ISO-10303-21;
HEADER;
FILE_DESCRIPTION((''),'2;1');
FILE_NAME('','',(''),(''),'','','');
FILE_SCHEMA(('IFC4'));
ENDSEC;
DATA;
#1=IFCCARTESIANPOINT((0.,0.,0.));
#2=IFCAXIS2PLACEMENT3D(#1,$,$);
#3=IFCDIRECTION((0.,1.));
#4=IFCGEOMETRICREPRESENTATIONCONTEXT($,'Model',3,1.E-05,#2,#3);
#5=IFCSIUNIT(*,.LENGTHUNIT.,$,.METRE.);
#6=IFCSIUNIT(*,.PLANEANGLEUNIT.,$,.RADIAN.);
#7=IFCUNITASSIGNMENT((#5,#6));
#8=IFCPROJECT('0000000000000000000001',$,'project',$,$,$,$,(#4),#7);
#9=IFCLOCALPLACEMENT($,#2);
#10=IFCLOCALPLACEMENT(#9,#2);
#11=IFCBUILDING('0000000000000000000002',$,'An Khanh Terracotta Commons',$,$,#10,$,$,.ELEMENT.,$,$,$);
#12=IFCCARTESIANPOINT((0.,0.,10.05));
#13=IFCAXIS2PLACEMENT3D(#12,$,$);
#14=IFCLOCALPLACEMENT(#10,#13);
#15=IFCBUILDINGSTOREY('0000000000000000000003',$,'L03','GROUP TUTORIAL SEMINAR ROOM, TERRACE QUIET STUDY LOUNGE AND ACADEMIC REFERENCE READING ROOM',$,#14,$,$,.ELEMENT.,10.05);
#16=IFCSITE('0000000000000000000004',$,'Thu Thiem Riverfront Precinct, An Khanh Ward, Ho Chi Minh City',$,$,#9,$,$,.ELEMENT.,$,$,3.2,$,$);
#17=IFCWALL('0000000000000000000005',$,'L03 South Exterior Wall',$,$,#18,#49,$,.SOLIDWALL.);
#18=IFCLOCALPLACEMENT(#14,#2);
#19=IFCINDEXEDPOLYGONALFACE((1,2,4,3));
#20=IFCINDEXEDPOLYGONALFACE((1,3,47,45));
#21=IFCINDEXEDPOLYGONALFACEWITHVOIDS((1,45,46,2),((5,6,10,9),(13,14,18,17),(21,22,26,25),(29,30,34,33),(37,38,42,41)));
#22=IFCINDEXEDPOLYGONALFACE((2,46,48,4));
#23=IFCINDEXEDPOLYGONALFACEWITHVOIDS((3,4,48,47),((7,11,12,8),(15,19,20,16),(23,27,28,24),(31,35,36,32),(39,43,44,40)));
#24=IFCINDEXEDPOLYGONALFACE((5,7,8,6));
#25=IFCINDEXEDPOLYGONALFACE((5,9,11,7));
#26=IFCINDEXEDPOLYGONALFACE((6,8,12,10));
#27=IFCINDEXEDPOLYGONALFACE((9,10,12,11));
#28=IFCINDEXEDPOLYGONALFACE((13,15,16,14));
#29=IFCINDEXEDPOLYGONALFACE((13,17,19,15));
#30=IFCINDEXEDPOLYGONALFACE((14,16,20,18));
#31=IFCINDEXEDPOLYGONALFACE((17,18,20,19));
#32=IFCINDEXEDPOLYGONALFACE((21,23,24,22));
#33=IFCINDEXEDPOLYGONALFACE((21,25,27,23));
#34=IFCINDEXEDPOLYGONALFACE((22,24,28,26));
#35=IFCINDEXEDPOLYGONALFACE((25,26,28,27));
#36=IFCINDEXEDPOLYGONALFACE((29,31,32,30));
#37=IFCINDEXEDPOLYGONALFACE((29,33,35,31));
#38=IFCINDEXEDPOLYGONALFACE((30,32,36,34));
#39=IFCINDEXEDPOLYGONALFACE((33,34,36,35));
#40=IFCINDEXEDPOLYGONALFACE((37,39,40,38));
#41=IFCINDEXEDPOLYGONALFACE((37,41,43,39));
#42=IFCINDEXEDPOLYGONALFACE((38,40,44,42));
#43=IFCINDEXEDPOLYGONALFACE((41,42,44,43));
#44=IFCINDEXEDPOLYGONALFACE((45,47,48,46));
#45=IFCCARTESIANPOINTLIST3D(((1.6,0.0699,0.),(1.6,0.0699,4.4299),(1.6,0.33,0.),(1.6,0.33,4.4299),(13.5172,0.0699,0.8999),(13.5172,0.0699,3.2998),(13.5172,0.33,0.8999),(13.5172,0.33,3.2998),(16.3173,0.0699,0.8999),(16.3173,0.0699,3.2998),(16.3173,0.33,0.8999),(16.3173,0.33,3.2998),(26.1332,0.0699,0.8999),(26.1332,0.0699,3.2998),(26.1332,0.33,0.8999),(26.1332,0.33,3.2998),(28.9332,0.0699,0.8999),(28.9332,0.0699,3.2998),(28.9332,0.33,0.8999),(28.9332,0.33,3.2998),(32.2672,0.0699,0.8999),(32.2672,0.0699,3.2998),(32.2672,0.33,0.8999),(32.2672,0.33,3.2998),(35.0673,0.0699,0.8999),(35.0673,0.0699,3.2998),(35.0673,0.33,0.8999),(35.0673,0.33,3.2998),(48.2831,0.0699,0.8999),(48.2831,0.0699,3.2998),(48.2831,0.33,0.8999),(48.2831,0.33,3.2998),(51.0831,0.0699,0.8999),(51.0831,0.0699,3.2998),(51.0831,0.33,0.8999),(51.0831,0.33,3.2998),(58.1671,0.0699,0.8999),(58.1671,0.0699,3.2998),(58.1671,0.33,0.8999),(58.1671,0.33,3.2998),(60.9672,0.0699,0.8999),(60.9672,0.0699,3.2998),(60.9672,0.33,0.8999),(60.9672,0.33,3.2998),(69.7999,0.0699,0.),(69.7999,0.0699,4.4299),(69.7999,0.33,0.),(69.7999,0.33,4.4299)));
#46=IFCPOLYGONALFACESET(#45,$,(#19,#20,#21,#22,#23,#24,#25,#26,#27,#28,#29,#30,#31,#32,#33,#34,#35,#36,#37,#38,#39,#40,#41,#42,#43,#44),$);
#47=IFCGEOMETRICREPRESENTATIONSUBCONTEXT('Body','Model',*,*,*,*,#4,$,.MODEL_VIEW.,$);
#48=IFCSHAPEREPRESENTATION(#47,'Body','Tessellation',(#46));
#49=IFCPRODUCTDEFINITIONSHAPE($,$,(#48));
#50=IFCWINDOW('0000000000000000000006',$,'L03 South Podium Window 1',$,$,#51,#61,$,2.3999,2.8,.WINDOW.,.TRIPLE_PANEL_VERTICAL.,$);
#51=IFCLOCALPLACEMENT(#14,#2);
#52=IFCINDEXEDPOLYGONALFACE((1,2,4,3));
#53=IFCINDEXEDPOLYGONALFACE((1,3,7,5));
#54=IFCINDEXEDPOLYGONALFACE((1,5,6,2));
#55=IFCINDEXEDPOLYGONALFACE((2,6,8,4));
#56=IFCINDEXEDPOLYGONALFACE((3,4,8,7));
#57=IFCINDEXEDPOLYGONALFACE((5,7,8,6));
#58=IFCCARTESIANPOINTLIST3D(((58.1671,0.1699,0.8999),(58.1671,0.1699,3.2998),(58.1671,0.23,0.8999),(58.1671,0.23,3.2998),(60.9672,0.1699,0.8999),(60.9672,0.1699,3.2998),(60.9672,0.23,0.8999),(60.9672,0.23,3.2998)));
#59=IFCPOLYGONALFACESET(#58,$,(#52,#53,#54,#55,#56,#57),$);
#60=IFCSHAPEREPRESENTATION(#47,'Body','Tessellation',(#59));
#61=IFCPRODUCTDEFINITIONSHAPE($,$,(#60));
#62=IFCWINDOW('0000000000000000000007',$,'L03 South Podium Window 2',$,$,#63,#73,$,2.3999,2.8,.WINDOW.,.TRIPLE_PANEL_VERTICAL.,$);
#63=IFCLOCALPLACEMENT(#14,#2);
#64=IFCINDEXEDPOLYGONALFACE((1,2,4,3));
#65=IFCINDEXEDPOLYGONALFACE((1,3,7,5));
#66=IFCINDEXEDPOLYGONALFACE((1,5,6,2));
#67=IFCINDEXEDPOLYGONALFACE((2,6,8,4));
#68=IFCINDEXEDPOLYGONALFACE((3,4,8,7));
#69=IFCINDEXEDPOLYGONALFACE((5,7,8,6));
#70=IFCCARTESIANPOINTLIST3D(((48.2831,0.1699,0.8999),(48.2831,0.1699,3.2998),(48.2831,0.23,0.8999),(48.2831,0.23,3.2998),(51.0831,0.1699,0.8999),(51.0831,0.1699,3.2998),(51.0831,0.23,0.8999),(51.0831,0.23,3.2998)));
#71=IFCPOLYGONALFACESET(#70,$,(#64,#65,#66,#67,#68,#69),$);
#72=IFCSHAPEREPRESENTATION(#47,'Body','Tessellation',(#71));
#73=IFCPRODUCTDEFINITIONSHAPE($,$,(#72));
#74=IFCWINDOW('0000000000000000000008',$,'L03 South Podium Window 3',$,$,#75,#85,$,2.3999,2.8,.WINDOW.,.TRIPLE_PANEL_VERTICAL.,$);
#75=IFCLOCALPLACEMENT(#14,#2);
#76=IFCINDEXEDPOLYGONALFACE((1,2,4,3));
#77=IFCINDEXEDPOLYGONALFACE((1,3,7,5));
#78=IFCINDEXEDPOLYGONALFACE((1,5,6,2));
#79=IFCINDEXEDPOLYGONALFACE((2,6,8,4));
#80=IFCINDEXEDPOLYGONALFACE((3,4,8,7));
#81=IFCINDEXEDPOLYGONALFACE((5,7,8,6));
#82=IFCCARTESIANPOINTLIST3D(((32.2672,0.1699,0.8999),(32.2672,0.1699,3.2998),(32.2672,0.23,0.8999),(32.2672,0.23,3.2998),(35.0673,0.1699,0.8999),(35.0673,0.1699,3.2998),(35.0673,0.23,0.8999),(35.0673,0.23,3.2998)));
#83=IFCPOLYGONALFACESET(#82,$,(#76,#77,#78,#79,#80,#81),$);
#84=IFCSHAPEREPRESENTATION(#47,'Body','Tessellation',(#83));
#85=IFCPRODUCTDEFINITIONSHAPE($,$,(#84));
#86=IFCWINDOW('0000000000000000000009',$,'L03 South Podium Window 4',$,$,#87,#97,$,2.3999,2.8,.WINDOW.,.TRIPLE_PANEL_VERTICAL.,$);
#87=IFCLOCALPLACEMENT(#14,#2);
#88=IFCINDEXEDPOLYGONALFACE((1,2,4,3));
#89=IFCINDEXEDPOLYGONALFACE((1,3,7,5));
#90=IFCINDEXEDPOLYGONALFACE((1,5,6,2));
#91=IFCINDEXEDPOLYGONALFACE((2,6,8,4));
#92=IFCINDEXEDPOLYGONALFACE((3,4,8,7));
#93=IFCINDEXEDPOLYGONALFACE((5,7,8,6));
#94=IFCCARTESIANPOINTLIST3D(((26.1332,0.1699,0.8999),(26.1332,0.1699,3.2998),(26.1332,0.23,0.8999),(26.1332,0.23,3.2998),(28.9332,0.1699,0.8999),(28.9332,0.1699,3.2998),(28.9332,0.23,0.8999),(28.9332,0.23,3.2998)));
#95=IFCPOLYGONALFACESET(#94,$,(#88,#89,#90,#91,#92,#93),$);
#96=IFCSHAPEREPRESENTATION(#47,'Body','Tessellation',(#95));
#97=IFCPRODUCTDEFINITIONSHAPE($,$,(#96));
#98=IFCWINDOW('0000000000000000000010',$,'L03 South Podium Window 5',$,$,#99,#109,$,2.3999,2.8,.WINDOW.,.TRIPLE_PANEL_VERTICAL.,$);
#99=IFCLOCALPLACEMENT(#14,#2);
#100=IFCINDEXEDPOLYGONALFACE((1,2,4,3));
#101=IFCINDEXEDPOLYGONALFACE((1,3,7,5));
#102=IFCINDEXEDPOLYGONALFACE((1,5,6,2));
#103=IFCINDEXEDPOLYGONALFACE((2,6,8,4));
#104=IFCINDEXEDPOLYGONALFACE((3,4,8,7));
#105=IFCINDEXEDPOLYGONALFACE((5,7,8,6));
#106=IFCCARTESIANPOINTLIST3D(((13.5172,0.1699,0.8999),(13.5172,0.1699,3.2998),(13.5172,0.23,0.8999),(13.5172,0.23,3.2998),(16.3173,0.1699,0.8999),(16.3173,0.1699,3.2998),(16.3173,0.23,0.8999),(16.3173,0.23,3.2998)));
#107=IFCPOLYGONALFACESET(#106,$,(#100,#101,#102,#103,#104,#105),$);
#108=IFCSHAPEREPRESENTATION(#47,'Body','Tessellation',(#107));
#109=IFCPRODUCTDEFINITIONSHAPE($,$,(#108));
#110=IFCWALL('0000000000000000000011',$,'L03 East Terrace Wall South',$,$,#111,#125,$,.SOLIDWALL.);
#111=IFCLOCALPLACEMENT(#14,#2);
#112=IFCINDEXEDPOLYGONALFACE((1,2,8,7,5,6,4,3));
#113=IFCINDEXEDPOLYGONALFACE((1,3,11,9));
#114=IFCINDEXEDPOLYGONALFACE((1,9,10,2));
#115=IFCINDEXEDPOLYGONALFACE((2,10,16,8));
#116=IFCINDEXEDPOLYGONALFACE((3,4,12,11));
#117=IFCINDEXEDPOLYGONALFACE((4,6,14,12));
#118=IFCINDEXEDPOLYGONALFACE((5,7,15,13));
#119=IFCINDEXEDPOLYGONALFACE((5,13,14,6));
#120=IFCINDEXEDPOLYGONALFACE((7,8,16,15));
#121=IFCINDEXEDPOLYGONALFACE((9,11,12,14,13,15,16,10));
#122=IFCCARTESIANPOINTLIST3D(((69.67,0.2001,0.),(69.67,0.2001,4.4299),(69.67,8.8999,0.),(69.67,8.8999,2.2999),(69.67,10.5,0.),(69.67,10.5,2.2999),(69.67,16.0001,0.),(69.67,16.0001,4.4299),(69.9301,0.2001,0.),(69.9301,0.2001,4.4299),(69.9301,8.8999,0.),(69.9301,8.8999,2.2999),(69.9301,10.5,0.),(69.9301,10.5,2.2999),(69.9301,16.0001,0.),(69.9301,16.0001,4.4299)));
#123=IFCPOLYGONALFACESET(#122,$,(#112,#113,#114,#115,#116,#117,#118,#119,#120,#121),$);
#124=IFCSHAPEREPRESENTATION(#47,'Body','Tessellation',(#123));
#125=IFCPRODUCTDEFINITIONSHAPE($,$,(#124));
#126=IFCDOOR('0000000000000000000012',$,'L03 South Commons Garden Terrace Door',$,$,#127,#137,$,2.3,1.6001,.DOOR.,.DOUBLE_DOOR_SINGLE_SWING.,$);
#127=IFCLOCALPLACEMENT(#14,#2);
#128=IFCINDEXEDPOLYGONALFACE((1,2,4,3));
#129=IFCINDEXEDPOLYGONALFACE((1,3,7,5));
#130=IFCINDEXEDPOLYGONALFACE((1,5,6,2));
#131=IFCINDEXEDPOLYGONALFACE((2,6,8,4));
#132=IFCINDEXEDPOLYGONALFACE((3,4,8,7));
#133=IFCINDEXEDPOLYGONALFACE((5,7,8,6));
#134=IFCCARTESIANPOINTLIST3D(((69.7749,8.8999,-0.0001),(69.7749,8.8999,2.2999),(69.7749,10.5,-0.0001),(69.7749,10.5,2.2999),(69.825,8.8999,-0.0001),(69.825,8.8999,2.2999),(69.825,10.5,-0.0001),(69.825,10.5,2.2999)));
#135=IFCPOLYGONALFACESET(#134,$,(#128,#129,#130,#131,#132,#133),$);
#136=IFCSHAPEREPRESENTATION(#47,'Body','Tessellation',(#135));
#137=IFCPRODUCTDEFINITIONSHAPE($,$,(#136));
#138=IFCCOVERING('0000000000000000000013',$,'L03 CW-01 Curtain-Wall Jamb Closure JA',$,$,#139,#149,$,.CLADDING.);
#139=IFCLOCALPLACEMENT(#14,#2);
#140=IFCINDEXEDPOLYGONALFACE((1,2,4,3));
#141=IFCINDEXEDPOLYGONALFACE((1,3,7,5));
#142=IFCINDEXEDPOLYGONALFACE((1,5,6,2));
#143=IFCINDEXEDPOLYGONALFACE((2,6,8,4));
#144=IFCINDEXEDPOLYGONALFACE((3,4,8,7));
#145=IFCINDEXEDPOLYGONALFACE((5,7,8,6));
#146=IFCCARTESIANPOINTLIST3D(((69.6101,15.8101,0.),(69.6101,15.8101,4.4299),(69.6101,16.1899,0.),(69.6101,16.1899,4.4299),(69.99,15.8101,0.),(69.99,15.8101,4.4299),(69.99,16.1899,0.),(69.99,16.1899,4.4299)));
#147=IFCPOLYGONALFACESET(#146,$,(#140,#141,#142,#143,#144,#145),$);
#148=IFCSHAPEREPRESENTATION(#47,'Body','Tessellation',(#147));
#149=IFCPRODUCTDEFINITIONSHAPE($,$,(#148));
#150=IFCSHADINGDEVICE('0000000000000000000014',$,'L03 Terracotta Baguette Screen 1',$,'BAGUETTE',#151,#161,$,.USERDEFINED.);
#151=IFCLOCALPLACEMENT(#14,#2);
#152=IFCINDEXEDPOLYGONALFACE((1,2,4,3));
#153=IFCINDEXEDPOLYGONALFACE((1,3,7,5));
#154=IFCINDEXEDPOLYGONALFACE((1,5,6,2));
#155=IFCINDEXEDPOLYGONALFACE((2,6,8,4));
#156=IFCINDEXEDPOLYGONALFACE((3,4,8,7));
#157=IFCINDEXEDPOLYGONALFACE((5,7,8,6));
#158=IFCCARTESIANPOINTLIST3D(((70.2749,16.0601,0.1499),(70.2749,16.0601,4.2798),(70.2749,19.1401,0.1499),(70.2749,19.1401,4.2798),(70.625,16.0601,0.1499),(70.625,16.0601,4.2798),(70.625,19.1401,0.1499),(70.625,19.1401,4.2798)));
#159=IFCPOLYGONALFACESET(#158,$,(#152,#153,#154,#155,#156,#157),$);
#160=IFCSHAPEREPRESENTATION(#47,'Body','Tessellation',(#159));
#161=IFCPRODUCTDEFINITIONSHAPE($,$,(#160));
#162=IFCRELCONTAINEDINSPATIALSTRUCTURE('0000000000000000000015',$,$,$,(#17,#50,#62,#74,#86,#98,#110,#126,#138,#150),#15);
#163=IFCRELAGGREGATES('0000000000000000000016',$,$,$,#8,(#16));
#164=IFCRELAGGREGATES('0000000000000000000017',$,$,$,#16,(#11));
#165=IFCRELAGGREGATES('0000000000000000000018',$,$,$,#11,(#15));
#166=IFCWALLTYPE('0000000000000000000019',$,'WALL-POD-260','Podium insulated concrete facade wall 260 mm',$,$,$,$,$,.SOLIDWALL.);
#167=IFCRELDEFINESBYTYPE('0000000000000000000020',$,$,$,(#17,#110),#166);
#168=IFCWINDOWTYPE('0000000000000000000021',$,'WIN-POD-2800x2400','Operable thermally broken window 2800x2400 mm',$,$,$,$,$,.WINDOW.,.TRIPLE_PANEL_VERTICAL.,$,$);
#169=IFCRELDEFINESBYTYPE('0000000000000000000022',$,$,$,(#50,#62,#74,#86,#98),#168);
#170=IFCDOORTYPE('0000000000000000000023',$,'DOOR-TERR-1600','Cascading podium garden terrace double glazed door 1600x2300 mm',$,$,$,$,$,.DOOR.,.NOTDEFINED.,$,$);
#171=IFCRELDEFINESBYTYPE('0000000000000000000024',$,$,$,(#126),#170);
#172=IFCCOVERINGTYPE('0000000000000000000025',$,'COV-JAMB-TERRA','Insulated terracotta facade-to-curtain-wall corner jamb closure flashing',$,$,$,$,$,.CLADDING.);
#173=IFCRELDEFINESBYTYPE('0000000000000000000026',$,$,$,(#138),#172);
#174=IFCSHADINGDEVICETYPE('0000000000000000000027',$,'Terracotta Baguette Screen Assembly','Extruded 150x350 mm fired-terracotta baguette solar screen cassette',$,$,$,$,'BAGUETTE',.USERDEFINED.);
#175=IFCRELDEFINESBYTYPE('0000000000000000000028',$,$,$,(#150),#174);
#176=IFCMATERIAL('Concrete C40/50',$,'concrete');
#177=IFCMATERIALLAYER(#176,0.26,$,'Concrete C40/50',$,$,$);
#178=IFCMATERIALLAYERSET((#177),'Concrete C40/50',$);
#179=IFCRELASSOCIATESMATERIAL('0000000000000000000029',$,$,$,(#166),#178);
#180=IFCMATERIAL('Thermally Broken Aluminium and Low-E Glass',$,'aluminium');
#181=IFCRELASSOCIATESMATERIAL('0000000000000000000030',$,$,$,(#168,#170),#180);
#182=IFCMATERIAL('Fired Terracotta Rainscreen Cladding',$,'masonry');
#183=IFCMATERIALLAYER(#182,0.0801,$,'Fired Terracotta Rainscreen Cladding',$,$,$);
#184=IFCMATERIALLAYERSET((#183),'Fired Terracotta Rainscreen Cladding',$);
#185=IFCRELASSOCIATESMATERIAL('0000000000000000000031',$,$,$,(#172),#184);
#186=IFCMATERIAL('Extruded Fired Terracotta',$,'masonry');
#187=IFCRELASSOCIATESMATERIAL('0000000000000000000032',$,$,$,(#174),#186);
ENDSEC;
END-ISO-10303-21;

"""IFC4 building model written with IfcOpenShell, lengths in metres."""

from ifc_helpers import new_model, si_unit, direction, frame, frame_2d, origin, origin_2d, place, context, subcontext, project, spatial, rectangle, extrude, material, layer, layer_set, type_object, element, fill, save


model = new_model("IFC4")

# Units and contexts
model_context = context("Model", 3, precision=1e-05, world=origin(), true_north=direction((0.0, 1.0)))
body_context = subcontext(model_context, "Body", "Model", "MODEL_VIEW")
ifc_project = project(units=[si_unit("LENGTHUNIT", "METRE"), si_unit("PLANEANGLEUNIT", "RADIAN")], contexts=[model_context])

# Site, building, storey
site_placement = place(None, origin())
site = spatial("IfcSite", under=ifc_project, at=site_placement, Name="Thu Thiem Riverfront Precinct, An Khanh Ward, Ho Chi Minh City", CompositionType="ELEMENT", RefElevation=3.2)
building_placement = place(site_placement, origin())
building = spatial("IfcBuilding", under=site, at=building_placement, Name="An Khanh Terracotta Commons", CompositionType="ELEMENT")
storey_placement = place(building_placement, frame((0.0, 0.0, 10.05)))
storey = spatial("IfcBuildingStorey", under=building, at=storey_placement, Name="L03", Description="GROUP TUTORIAL SEMINAR ROOM, TERRACE QUIET STUDY LOUNGE AND ACADEMIC REFERENCE READING ROOM", CompositionType="ELEMENT", Elevation=10.05)

# Wall, openings, windows
ifc_material_1 = material(Name="Concrete C40/50", Category="concrete")
ifc_layer_1 = layer(ifc_material_1, 0.26, Name="Concrete C40/50")
ifc_layer_set_1 = layer_set([ifc_layer_1], Name="Concrete C40/50")
wall_type = type_object("IfcWallType", Name="WALL-POD-260", Description="Podium insulated concrete facade wall 260 mm", PredefinedType="SOLIDWALL", material=ifc_layer_set_1)
wall_1_placement = place(storey_placement, frame((69.8, 0.2, 0.0), z_axis=(0.0, 0.0, 1.0), x_axis=(-1.0, 0.0, 0.0)))
wall_1 = element("IfcWall", 1, at=wall_1_placement, inside=storey, type_object=wall_type, Name="L03 South Exterior Wall", PredefinedType="SOLIDWALL", context=body_context, shape_type="SweptSolid", body=[
    extrude(rectangle(XDim=68.2, YDim=0.26, at=frame_2d((34.1001, 0.0))), origin(), (0.0, 0.0, 1.0), 4.4299),
])
opening_1_placement = place(wall_1_placement, frame((8.833, 0.0, 0.8999)))
opening_1 = element("IfcOpeningElement", 2, at=opening_1_placement, cuts=wall_1, PredefinedType="OPENING", context=body_context, shape_type="SweptSolid", body=[
    extrude(rectangle(XDim=2.8, YDim=2.3999, at=frame_2d((1.3999, 1.2))), frame((0.0, 0.1399, 0.0), z_axis=(0.0, -1.0, 0.0), x_axis=(1.0, 0.0, 0.0)), (0.0, 0.0, 1.0), 0.28),
])
opening_2_placement = place(wall_1_placement, frame((18.717, 0.0, 0.8999)))
opening_2 = element("IfcOpeningElement", 3, at=opening_2_placement, cuts=wall_1, PredefinedType="OPENING", context=body_context, shape_type="SweptSolid", body=[
    extrude(rectangle(XDim=2.8, YDim=2.3999, at=frame_2d((1.3999, 1.2))), frame((0.0, 0.1399, 0.0), z_axis=(0.0, -1.0, 0.0), x_axis=(1.0, 0.0, 0.0)), (0.0, 0.0, 1.0), 0.28),
])
opening_3_placement = place(wall_1_placement, frame((34.7329, 0.0, 0.8999)))
opening_3 = element("IfcOpeningElement", 4, at=opening_3_placement, cuts=wall_1, PredefinedType="OPENING", context=body_context, shape_type="SweptSolid", body=[
    extrude(rectangle(XDim=2.8, YDim=2.3999, at=frame_2d((1.3999, 1.2))), frame((0.0, 0.1399, 0.0), z_axis=(0.0, -1.0, 0.0), x_axis=(1.0, 0.0, 0.0)), (0.0, 0.0, 1.0), 0.28),
])
opening_4_placement = place(wall_1_placement, frame((40.8669, 0.0, 0.8999)))
opening_4 = element("IfcOpeningElement", 5, at=opening_4_placement, cuts=wall_1, PredefinedType="OPENING", context=body_context, shape_type="SweptSolid", body=[
    extrude(rectangle(XDim=2.8, YDim=2.3999, at=frame_2d((1.3999, 1.2))), frame((0.0, 0.1399, 0.0), z_axis=(0.0, -1.0, 0.0), x_axis=(1.0, 0.0, 0.0)), (0.0, 0.0, 1.0), 0.28),
])
opening_5_placement = place(wall_1_placement, frame((53.4829, 0.0, 0.8999)))
opening_5 = element("IfcOpeningElement", 6, at=opening_5_placement, cuts=wall_1, PredefinedType="OPENING", context=body_context, shape_type="SweptSolid", body=[
    extrude(rectangle(XDim=2.8, YDim=2.3999, at=frame_2d((1.3999, 1.2))), frame((0.0, 0.1399, 0.0), z_axis=(0.0, -1.0, 0.0), x_axis=(1.0, 0.0, 0.0)), (0.0, 0.0, 1.0), 0.28),
])
ifc_material_2 = material(Name="Thermally Broken Aluminium and Low-E Glass", Category="aluminium")
window_type = type_object("IfcWindowType", Name="WIN-POD-2800x2400", Description="Operable thermally broken window 2800x2400 mm", PartitioningType="TRIPLE_PANEL_VERTICAL", PredefinedType="WINDOW", material=ifc_material_2)
window_1_placement = place(opening_1_placement, origin())
window_1 = element("IfcWindow", 7, at=window_1_placement, inside=storey, type_object=window_type, Name="L03 South Podium Window 1", OverallHeight=2.3999, OverallWidth=2.8, PartitioningType="TRIPLE_PANEL_VERTICAL", PredefinedType="WINDOW", context=body_context, shape_type="SweptSolid", body=[
    extrude(rectangle(XDim=2.8, YDim=2.3999, at=frame_2d((1.3999, 1.2))), frame((0.0, 0.03, 0.0), z_axis=(0.0, -1.0, 0.0), x_axis=(1.0, 0.0, 0.0)), (0.0, 0.0, 1.0), 0.0601),
])
fill(opening_1, window_1)
window_2_placement = place(opening_2_placement, origin())
window_2 = element("IfcWindow", 8, at=window_2_placement, inside=storey, type_object=window_type, Name="L03 South Podium Window 2", OverallHeight=2.3999, OverallWidth=2.8, PartitioningType="TRIPLE_PANEL_VERTICAL", PredefinedType="WINDOW", context=body_context, shape_type="SweptSolid", body=[
    extrude(rectangle(XDim=2.8, YDim=2.3999, at=frame_2d((1.3999, 1.2))), frame((0.0, 0.03, 0.0), z_axis=(0.0, -1.0, 0.0), x_axis=(1.0, 0.0, 0.0)), (0.0, 0.0, 1.0), 0.0601),
])
fill(opening_2, window_2)
window_3_placement = place(opening_3_placement, origin())
window_3 = element("IfcWindow", 9, at=window_3_placement, inside=storey, type_object=window_type, Name="L03 South Podium Window 3", OverallHeight=2.3999, OverallWidth=2.8, PartitioningType="TRIPLE_PANEL_VERTICAL", PredefinedType="WINDOW", context=body_context, shape_type="SweptSolid", body=[
    extrude(rectangle(XDim=2.8, YDim=2.3999, at=frame_2d((1.3999, 1.2))), frame((0.0, 0.03, 0.0), z_axis=(0.0, -1.0, 0.0), x_axis=(1.0, 0.0, 0.0)), (0.0, 0.0, 1.0), 0.0601),
])
fill(opening_3, window_3)
window_4_placement = place(opening_4_placement, origin())
window_4 = element("IfcWindow", 10, at=window_4_placement, inside=storey, type_object=window_type, Name="L03 South Podium Window 4", OverallHeight=2.3999, OverallWidth=2.8, PartitioningType="TRIPLE_PANEL_VERTICAL", PredefinedType="WINDOW", context=body_context, shape_type="SweptSolid", body=[
    extrude(rectangle(XDim=2.8, YDim=2.3999, at=frame_2d((1.3999, 1.2))), frame((0.0, 0.03, 0.0), z_axis=(0.0, -1.0, 0.0), x_axis=(1.0, 0.0, 0.0)), (0.0, 0.0, 1.0), 0.0601),
])
fill(opening_4, window_4)
window_5_placement = place(opening_5_placement, origin())
window_5 = element("IfcWindow", 11, at=window_5_placement, inside=storey, type_object=window_type, Name="L03 South Podium Window 5", OverallHeight=2.3999, OverallWidth=2.8, PartitioningType="TRIPLE_PANEL_VERTICAL", PredefinedType="WINDOW", context=body_context, shape_type="SweptSolid", body=[
    extrude(rectangle(XDim=2.8, YDim=2.3999, at=frame_2d((1.3999, 1.2))), frame((0.0, 0.03, 0.0), z_axis=(0.0, -1.0, 0.0), x_axis=(1.0, 0.0, 0.0)), (0.0, 0.0, 1.0), 0.0601),
])
fill(opening_5, window_5)

# Wall, opening, door
wall_2_placement = place(storey_placement, frame((69.8, 16.0, 0.0), z_axis=(0.0, 0.0, 1.0), x_axis=(0.0, -1.0, 0.0)))
wall_2 = element("IfcWall", 12, at=wall_2_placement, inside=storey, type_object=wall_type, Name="L03 East Terrace Wall South", PredefinedType="SOLIDWALL", context=body_context, shape_type="SweptSolid", body=[
    extrude(rectangle(XDim=15.8, YDim=0.26, at=frame_2d((7.8999, 0.0))), origin(), (0.0, 0.0, 1.0), 4.4299),
])
opening_6_placement = place(wall_2_placement, frame((5.5, 0.0, 0.0)))
opening_6 = element("IfcOpeningElement", 13, at=opening_6_placement, cuts=wall_2, PredefinedType="OPENING", context=body_context, shape_type="SweptSolid", body=[
    extrude(rectangle(XDim=1.6001, YDim=2.3, at=frame_2d((0.8, 1.1499))), frame((0.0, 0.1399, 0.0), z_axis=(0.0, -1.0, 0.0), x_axis=(1.0, 0.0, 0.0)), (0.0, 0.0, 1.0), 0.28),
])
door_type = type_object("IfcDoorType", Name="DOOR-TERR-1600", Description="Cascading podium garden terrace double glazed door 1600x2300 mm", OperationType="NOTDEFINED", PredefinedType="DOOR", material=ifc_material_2)
door_placement = place(opening_6_placement, origin())
door = element("IfcDoor", 14, at=door_placement, inside=storey, type_object=door_type, Name="L03 South Commons Garden Terrace Door", OperationType="DOUBLE_DOOR_SINGLE_SWING", OverallHeight=2.3, OverallWidth=1.6001, PredefinedType="DOOR", context=body_context, shape_type="SweptSolid", body=[
    extrude(rectangle(XDim=1.6001, YDim=2.3, at=frame_2d((0.8, 1.1499))), frame((0.0, 0.0249, 0.0), z_axis=(0.0, -1.0, 0.0), x_axis=(1.0, 0.0, 0.0)), (0.0, 0.0, 1.0), 0.05),
])
fill(opening_6, door)

# Covering
ifc_material_3 = material(Name="Fired Terracotta Rainscreen Cladding", Category="masonry")
ifc_layer_2 = layer(ifc_material_3, 0.0801, Name="Fired Terracotta Rainscreen Cladding")
ifc_layer_set_2 = layer_set([ifc_layer_2], Name="Fired Terracotta Rainscreen Cladding")
covering_type = type_object("IfcCoveringType", Name="COV-JAMB-TERRA", Description="Insulated terracotta facade-to-curtain-wall corner jamb closure flashing", PredefinedType="CLADDING", material=ifc_layer_set_2)
covering_placement = place(storey_placement, frame((69.8, 16.0, 0.0), z_axis=(0.0, 0.0, 1.0), x_axis=(1.0, 0.0, 0.0)))
element("IfcCovering", 15, at=covering_placement, inside=storey, type_object=covering_type, Name="L03 CW-01 Curtain-Wall Jamb Closure JA", PredefinedType="CLADDING", context=body_context, shape_type="SweptSolid", body=[
    extrude(rectangle(XDim=0.3799, YDim=0.3799, at=origin_2d()), origin(), (0.0, 0.0, 1.0), 4.4299),
])

# Shading device
ifc_material_4 = material(Name="Extruded Fired Terracotta", Category="masonry")
shading_device_type = type_object("IfcShadingDeviceType", Name="Terracotta Baguette Screen Assembly", Description="Extruded 150x350 mm fired-terracotta baguette solar screen cassette", ElementType="BAGUETTE", PredefinedType="USERDEFINED", material=ifc_material_4)
shading_device_placement = place(storey_placement, frame((70.45, 17.6001, 0.1499), z_axis=(0.0, 0.0, 1.0), x_axis=(0.0, 1.0, 0.0)))
element("IfcShadingDevice", 16, at=shading_device_placement, inside=storey, type_object=shading_device_type, Name="L03 Terracotta Baguette Screen 1", ObjectType="BAGUETTE", PredefinedType="USERDEFINED", context=body_context, shape_type="SweptSolid", body=[
    extrude(rectangle(XDim=3.0801, YDim=0.3501, at=origin_2d()), origin(), (0.0, 0.0, 1.0), 4.1299),
])

save(model, "model.ifc")
